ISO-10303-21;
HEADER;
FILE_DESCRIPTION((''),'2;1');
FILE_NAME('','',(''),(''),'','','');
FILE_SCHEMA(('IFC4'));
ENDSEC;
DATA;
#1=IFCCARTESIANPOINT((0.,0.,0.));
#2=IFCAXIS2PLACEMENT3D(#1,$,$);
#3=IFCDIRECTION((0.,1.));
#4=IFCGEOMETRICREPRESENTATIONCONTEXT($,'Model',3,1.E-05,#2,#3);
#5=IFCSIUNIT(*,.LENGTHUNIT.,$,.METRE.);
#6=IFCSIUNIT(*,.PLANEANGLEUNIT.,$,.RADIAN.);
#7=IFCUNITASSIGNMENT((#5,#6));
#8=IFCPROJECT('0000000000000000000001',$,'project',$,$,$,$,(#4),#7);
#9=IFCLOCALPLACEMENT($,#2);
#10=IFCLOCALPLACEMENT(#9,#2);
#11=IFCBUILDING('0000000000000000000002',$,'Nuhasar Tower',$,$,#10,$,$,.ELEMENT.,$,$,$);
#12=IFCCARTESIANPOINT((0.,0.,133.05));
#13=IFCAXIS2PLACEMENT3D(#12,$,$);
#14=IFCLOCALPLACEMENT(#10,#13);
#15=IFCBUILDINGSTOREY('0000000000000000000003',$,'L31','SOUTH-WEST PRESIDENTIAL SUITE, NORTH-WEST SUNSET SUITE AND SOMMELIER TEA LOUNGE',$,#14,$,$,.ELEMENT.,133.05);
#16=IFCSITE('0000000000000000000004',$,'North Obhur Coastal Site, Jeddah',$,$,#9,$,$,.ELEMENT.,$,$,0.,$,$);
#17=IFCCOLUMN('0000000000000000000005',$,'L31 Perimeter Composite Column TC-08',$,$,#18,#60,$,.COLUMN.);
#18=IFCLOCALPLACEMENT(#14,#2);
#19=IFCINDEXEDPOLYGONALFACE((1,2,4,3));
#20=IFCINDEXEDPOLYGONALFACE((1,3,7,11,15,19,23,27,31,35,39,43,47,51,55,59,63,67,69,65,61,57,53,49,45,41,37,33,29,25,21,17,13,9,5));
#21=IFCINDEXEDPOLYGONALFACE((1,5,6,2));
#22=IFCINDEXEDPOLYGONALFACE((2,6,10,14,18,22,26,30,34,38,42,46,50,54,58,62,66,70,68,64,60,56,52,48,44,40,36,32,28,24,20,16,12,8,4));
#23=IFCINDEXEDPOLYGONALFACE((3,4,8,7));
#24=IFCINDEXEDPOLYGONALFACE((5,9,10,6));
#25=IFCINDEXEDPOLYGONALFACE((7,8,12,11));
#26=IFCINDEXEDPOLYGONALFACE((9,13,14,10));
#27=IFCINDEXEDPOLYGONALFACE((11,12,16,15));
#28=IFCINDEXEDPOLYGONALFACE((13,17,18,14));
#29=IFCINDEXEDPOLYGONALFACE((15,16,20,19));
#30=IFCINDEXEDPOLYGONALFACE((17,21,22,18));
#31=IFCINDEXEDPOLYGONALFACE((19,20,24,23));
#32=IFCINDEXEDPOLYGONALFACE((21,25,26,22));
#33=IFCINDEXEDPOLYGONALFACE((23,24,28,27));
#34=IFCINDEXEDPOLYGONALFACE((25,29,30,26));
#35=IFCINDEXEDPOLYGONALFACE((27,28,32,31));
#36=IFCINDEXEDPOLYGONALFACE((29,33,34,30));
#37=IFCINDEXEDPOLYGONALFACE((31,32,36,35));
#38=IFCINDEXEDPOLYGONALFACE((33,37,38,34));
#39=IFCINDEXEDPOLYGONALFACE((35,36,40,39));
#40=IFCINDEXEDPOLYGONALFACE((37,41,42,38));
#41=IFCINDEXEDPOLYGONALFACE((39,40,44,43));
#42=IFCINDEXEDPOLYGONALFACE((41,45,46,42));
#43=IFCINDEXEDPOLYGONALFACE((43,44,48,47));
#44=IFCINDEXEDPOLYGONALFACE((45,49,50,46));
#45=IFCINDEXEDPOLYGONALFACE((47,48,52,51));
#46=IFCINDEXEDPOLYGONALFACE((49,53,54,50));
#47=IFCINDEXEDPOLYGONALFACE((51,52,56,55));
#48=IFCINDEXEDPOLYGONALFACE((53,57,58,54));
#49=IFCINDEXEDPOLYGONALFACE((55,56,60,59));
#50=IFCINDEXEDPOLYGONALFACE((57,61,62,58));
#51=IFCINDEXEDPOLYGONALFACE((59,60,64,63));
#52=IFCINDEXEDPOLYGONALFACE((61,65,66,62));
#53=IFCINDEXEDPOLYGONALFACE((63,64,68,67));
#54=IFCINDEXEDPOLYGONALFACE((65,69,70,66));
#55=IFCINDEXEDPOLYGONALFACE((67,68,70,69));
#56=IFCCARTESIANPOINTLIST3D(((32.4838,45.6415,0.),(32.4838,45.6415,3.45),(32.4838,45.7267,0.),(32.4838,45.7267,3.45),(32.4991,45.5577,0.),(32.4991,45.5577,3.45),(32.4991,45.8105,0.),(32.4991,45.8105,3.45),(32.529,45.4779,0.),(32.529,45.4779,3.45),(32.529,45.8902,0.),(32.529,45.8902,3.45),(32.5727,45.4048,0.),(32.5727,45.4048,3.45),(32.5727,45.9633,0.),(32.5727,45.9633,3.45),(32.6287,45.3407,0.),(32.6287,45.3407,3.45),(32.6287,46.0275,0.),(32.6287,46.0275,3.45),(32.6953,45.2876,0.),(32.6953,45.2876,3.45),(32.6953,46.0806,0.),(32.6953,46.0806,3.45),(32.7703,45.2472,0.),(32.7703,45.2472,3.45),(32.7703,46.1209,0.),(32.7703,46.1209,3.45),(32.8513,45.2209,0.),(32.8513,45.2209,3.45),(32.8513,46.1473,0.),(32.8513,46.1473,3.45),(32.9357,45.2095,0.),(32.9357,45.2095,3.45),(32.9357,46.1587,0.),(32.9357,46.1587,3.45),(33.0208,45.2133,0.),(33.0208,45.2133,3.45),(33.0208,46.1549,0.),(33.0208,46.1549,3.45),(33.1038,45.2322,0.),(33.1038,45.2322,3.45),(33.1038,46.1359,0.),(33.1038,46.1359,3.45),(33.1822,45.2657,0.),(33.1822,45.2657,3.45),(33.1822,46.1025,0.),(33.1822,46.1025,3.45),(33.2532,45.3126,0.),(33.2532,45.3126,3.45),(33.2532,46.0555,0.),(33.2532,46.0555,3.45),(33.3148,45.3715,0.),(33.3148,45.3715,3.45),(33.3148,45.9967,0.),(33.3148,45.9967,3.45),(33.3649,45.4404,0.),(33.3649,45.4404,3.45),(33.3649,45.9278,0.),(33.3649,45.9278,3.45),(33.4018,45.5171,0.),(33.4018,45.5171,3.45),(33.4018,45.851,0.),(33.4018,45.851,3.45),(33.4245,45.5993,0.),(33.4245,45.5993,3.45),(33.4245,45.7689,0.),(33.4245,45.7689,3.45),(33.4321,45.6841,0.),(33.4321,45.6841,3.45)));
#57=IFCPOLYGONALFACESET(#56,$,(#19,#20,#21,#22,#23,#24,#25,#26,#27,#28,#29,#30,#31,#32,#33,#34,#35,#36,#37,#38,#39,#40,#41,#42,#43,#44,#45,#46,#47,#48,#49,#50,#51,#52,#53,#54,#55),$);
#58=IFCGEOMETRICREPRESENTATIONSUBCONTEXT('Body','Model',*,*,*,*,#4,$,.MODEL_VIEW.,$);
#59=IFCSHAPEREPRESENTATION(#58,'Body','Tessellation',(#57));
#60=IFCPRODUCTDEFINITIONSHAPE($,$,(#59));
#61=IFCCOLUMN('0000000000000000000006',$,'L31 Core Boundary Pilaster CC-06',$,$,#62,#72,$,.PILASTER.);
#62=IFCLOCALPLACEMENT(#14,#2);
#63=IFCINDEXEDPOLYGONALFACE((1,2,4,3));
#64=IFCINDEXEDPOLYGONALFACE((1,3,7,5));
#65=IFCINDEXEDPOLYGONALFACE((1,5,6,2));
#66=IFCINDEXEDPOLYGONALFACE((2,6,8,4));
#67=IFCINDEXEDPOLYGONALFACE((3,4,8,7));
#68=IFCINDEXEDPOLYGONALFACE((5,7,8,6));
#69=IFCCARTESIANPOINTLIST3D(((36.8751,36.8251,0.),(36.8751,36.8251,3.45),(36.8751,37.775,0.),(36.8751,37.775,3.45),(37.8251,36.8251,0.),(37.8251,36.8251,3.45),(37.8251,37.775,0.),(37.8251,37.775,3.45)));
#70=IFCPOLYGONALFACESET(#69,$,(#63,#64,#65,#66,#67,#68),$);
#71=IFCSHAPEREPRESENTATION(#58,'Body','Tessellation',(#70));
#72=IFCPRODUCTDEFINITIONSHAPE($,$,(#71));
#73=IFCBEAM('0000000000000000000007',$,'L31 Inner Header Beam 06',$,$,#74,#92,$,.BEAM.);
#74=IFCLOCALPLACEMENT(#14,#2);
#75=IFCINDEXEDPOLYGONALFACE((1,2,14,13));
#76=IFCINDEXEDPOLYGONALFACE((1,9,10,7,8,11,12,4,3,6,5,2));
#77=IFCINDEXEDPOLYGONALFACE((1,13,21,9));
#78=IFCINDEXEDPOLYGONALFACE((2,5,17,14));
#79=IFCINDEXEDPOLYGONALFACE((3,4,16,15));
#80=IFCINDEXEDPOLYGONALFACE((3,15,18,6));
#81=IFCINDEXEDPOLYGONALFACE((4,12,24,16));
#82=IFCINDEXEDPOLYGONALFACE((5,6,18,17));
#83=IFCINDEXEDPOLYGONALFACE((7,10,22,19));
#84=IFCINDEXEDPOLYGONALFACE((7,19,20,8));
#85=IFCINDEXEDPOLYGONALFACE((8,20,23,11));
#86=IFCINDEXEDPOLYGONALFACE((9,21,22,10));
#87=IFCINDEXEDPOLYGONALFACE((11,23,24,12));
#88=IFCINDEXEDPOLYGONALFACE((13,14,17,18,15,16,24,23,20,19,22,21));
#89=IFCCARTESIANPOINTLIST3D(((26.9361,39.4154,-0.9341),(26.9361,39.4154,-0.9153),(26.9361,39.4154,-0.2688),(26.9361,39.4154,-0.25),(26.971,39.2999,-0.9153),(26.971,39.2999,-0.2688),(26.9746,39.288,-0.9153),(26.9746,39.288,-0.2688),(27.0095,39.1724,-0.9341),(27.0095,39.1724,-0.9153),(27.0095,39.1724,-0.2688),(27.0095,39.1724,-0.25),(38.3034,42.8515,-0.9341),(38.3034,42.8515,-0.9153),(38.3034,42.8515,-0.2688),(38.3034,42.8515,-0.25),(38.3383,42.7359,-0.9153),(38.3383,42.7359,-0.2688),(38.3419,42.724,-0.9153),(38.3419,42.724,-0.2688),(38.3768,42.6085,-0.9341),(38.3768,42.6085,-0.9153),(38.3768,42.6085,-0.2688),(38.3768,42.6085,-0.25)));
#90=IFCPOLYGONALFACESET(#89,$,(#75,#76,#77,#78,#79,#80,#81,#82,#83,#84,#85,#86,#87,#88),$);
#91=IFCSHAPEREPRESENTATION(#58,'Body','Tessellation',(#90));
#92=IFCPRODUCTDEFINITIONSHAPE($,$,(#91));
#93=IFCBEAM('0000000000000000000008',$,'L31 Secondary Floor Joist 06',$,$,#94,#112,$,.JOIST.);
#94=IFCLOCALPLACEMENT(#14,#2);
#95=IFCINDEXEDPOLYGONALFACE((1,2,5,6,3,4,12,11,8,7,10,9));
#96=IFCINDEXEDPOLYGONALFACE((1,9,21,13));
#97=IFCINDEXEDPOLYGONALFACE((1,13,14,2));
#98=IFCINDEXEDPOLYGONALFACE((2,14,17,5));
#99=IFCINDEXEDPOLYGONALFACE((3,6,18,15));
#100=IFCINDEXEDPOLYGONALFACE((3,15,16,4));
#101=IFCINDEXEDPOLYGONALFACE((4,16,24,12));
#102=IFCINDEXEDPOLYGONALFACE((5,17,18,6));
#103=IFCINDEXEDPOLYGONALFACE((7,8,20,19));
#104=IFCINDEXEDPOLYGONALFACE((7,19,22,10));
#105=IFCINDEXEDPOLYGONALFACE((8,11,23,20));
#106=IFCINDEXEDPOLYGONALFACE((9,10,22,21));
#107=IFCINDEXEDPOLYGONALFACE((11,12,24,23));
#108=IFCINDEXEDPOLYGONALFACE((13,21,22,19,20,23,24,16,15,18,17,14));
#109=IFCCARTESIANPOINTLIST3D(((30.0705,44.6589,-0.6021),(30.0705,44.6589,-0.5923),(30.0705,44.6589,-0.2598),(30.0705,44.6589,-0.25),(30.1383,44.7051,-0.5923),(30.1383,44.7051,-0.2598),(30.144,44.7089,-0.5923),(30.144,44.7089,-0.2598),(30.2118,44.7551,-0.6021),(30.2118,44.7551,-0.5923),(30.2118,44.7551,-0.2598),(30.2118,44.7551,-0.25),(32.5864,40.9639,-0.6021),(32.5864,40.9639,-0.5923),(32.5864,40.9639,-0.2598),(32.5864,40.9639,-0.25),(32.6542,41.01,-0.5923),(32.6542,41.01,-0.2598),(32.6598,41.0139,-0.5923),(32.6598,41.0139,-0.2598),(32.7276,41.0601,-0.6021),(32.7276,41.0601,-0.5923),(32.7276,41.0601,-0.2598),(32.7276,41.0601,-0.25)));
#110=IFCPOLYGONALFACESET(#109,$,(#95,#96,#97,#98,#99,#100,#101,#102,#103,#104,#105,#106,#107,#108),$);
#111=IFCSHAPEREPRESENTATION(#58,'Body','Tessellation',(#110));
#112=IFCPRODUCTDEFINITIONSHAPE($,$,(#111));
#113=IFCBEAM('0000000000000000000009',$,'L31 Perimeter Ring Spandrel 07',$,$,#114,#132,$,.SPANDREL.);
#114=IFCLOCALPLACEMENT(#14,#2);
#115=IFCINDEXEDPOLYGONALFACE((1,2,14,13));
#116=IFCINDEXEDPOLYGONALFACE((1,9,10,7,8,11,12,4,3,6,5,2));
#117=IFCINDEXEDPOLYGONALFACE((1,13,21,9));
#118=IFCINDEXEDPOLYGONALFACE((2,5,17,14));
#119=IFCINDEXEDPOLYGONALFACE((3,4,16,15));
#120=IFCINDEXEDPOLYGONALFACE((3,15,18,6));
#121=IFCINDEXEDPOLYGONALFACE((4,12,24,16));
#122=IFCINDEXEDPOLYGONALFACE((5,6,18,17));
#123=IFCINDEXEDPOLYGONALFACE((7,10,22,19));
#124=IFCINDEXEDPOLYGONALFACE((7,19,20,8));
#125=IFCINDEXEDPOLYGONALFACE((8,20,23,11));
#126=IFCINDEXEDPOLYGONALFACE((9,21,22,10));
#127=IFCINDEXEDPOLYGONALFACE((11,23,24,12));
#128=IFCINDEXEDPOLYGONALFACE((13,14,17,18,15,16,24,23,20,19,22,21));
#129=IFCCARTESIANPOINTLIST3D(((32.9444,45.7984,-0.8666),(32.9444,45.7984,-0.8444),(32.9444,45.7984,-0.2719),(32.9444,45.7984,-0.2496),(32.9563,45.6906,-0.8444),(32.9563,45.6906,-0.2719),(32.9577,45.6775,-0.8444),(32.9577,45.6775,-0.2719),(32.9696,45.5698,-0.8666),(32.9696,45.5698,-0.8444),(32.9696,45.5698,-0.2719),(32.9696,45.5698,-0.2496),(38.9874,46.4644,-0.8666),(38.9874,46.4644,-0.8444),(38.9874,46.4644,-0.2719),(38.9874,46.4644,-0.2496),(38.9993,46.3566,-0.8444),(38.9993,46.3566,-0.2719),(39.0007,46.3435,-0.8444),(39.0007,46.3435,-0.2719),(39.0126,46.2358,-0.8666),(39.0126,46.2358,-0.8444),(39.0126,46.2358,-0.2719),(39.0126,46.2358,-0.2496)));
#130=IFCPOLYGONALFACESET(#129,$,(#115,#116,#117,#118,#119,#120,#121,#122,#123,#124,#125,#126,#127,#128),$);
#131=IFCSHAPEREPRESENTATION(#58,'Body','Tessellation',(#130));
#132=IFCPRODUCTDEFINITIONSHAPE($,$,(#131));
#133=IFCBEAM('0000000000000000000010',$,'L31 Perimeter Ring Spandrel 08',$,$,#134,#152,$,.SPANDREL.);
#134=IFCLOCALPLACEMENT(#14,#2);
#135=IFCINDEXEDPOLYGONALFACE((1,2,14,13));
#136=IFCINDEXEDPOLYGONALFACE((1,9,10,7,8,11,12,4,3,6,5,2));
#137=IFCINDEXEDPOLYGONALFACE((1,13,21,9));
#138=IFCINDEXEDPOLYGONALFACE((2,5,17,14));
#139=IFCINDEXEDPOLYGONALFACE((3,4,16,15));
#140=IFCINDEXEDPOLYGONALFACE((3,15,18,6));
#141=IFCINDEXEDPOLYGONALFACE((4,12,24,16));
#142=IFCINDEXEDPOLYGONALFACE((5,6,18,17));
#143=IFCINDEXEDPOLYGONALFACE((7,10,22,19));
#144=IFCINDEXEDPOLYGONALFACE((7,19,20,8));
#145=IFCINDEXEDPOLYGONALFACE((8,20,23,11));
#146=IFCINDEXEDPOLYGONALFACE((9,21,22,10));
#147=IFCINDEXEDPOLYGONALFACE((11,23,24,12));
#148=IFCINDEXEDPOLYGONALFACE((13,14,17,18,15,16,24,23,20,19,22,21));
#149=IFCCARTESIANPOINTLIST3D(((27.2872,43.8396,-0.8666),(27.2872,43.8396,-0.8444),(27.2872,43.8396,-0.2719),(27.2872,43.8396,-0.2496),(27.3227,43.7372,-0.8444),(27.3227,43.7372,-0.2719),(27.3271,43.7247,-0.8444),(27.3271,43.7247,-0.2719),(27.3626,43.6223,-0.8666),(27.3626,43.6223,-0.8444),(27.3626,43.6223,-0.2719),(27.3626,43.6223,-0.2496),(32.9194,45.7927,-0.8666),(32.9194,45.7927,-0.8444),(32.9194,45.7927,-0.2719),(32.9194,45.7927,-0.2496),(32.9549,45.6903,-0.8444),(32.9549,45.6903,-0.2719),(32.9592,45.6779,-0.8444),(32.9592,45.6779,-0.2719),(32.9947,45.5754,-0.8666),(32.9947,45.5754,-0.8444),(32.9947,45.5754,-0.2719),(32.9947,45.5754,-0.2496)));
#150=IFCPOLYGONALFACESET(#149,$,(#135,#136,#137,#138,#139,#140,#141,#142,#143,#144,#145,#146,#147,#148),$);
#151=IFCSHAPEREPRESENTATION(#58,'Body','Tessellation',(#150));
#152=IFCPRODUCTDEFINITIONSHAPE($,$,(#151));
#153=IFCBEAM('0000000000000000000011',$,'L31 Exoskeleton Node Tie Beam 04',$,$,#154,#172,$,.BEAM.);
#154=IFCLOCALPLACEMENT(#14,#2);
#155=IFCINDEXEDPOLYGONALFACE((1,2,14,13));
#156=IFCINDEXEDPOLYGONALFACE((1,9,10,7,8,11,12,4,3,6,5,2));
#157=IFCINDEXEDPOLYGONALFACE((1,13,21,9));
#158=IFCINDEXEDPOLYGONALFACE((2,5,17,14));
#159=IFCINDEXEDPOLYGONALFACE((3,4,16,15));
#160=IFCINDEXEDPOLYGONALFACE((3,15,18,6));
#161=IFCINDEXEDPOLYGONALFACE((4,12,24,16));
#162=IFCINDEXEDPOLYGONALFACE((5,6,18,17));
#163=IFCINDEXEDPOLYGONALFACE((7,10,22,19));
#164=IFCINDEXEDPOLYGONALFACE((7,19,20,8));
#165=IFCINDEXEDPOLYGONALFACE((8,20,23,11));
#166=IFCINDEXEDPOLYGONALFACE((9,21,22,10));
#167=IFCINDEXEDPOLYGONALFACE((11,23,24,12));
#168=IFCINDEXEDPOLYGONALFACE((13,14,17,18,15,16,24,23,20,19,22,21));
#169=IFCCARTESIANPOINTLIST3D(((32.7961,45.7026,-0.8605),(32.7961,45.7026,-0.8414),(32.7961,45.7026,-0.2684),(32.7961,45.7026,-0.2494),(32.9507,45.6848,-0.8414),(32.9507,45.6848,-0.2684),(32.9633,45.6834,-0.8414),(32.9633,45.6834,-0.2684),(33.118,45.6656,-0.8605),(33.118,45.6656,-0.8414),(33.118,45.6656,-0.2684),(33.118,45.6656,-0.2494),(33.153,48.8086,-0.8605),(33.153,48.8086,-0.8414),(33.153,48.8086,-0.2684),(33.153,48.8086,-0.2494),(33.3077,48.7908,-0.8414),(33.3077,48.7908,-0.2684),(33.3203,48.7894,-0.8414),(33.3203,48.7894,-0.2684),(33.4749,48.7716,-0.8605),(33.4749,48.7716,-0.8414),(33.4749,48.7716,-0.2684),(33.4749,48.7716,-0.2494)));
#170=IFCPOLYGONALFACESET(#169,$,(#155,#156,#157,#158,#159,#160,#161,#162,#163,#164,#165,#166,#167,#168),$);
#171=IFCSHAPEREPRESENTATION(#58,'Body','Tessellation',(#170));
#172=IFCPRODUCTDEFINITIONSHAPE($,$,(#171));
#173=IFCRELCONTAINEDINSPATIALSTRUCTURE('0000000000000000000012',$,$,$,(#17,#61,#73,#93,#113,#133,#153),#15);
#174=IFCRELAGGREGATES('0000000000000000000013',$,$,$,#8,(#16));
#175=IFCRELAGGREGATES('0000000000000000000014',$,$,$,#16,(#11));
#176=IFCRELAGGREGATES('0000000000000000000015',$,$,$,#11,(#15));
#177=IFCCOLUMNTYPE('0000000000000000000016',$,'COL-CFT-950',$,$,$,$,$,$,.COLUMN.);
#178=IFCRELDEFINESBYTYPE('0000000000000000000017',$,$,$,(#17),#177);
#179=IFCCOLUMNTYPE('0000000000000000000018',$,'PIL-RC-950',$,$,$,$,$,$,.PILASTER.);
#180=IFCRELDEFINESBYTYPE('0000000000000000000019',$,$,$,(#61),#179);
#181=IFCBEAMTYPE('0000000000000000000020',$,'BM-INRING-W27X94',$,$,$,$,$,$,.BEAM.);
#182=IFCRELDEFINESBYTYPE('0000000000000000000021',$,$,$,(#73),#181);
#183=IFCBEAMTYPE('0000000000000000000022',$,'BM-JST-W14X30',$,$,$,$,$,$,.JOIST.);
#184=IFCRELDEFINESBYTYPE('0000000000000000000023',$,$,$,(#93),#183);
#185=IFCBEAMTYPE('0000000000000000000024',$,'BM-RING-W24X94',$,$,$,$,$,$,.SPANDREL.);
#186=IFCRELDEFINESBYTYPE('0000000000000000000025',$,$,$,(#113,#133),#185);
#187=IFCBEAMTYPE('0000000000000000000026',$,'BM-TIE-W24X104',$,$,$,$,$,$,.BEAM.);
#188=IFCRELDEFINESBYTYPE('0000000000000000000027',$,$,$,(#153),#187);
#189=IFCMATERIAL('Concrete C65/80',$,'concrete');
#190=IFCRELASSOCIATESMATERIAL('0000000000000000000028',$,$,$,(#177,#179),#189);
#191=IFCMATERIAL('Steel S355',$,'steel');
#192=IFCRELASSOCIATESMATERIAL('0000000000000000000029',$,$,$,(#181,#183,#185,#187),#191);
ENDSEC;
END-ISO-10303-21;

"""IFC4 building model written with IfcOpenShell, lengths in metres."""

from ifc_helpers import new_model, si_unit, direction, frame, origin, origin_2d, place, context, subcontext, project, spatial, rectangle, circle, i_section, extrude, material, material_profile, profile_set, type_object, element, save


model = new_model("IFC4")

# Units and contexts
model_context = context("Model", 3, precision=1e-05, world=origin(), true_north=direction((0.0, 1.0)))
body_context = subcontext(model_context, "Body", "Model", "MODEL_VIEW")
ifc_project = project(units=[si_unit("LENGTHUNIT", "METRE"), si_unit("PLANEANGLEUNIT", "RADIAN")], contexts=[model_context])

# Site, building, storey
site_placement = place(None, origin())
site = spatial("IfcSite", under=ifc_project, at=site_placement, Name="North Obhur Coastal Site, Jeddah", CompositionType="ELEMENT", RefElevation=0.0)
building_placement = place(site_placement, origin())
building = spatial("IfcBuilding", under=site, at=building_placement, Name="Nuhasar Tower", CompositionType="ELEMENT")
storey_placement = place(building_placement, frame((0.0, 0.0, 133.05)))
storey = spatial("IfcBuildingStorey", under=building, at=storey_placement, Name="L31", Description="SOUTH-WEST PRESIDENTIAL SUITE, NORTH-WEST SUNSET SUITE AND SOMMELIER TEA LOUNGE", CompositionType="ELEMENT", Elevation=133.05)

# Columns
ifc_material_1 = material(Name="Concrete C65/80", Category="concrete")
ifc_material_profile_1 = material_profile(ifc_material_1, circle(Radius=0.4751, at=origin_2d()), Name="CFT950")
ifc_profile_set_1 = profile_set([ifc_material_profile_1], Name="Concrete C65/80")
column_type_1 = type_object("IfcColumnType", Name="COL-CFT-950", PredefinedType="COLUMN", material=ifc_profile_set_1)
column_1_placement = place(storey_placement, frame((32.957, 45.6841, 0.0), z_axis=(0.0, 0.0, 1.0), x_axis=(1.0, 0.0, 0.0)))
element("IfcColumn", 1, at=column_1_placement, inside=storey, type_object=column_type_1, Name="L31 Perimeter Composite Column TC-08", PredefinedType="COLUMN", context=body_context, shape_type="SweptSolid", body=[
    extrude(circle(Radius=0.4751, at=origin_2d()), origin(), (0.0, 0.0, 1.0), 3.45),
])
ifc_material_profile_2 = material_profile(ifc_material_1, rectangle(XDim=0.95, YDim=0.95, at=origin_2d()), Name="RC950X950")
ifc_profile_set_2 = profile_set([ifc_material_profile_2], Name="Concrete C65/80")
column_type_2 = type_object("IfcColumnType", Name="PIL-RC-950", PredefinedType="PILASTER", material=ifc_profile_set_2)
column_2_placement = place(storey_placement, frame((37.3501, 37.3, 0.0), z_axis=(0.0, 0.0, 1.0), x_axis=(1.0, 0.0, 0.0)))
element("IfcColumn", 2, at=column_2_placement, inside=storey, type_object=column_type_2, Name="L31 Core Boundary Pilaster CC-06", PredefinedType="PILASTER", context=body_context, shape_type="SweptSolid", body=[
    extrude(rectangle(XDim=0.95, YDim=0.95, at=origin_2d()), origin(), (0.0, 0.0, 1.0), 3.45),
])

# Beams
ifc_material_2 = material(Name="Steel S355", Category="steel")
ifc_material_profile_3 = material_profile(ifc_material_2, i_section(OverallWidth=0.2539, OverallDepth=0.6841, WebThickness=0.0125, FlangeThickness=0.0188, at=origin_2d()), Name="W27X94")
ifc_profile_set_3 = profile_set([ifc_material_profile_3], Name="Steel S355")
beam_type_1 = type_object("IfcBeamType", Name="BM-INRING-W27X94", PredefinedType="BEAM", material=ifc_profile_set_3)
beam_1_placement = place(storey_placement, frame((38.3401, 42.73, -0.592), z_axis=(-0.957224, -0.289347, 0.0), x_axis=(0.289347, -0.957224, 0.0)))
element("IfcBeam", 3, at=beam_1_placement, inside=storey, type_object=beam_type_1, Name="L31 Inner Header Beam 06", PredefinedType="BEAM", context=body_context, shape_type="SweptSolid", body=[
    extrude(i_section(OverallWidth=0.2539, OverallDepth=0.6841, WebThickness=0.0125, FlangeThickness=0.0188, at=origin_2d()), origin(), (0.0, 0.0, 1.0), 11.8752),
])
ifc_material_profile_4 = material_profile(ifc_material_2, i_section(OverallWidth=0.1709, OverallDepth=0.3521, WebThickness=0.0068, FlangeThickness=0.0098, at=origin_2d()), Name="W14X30")
ifc_profile_set_4 = profile_set([ifc_material_profile_4], Name="Steel S355")
beam_type_2 = type_object("IfcBeamType", Name="BM-JST-W14X30", PredefinedType="JOIST", material=ifc_profile_set_4)
beam_2_placement = place(storey_placement, frame((32.657, 41.012, -0.426), z_axis=(-0.562803, 0.826591, 0.0), x_axis=(-0.826591, -0.562803, 0.0)))
element("IfcBeam", 4, at=beam_2_placement, inside=storey, type_object=beam_type_2, Name="L31 Secondary Floor Joist 06", PredefinedType="JOIST", context=body_context, shape_type="SweptSolid", body=[
    extrude(i_section(OverallWidth=0.1709, OverallDepth=0.3521, WebThickness=0.0068, FlangeThickness=0.0098, at=origin_2d()), origin(), (0.0, 0.0, 1.0), 4.4702),
])
ifc_material_profile_5 = material_profile(ifc_material_2, i_section(OverallWidth=0.23, OverallDepth=0.6169, WebThickness=0.0132, FlangeThickness=0.0222, at=origin_2d()), Name="W24X94")
ifc_profile_set_5 = profile_set([ifc_material_profile_5], Name="Steel S355")
beam_type_3 = type_object("IfcBeamType", Name="BM-RING-W24X94", PredefinedType="SPANDREL", material=ifc_profile_set_5)
beam_3_placement = place(storey_placement, frame((39.0, 46.3501, -0.5581), z_axis=(-0.993981, -0.10955, 0.0), x_axis=(0.10955, -0.993981, 0.0)))
element("IfcBeam", 5, at=beam_3_placement, inside=storey, type_object=beam_type_3, Name="L31 Perimeter Ring Spandrel 07", PredefinedType="SPANDREL", context=body_context, shape_type="SweptSolid", body=[
    extrude(i_section(OverallWidth=0.23, OverallDepth=0.6169, WebThickness=0.0132, FlangeThickness=0.0222, at=origin_2d()), origin(), (0.0, 0.0, 1.0), 6.0796),
])
beam_4_placement = place(storey_placement, frame((32.957, 45.6841, -0.5581), z_axis=(-0.944801, -0.327644, 0.0), x_axis=(0.327644, -0.944801, 0.0)))
element("IfcBeam", 6, at=beam_4_placement, inside=storey, type_object=beam_type_3, Name="L31 Perimeter Ring Spandrel 08", PredefinedType="SPANDREL", context=body_context, shape_type="SweptSolid", body=[
    extrude(i_section(OverallWidth=0.23, OverallDepth=0.6169, WebThickness=0.0132, FlangeThickness=0.0222, at=origin_2d()), origin(), (0.0, 0.0, 1.0), 5.9612),
])
ifc_material_profile_6 = material_profile(ifc_material_2, i_section(OverallWidth=0.324, OverallDepth=0.6111, WebThickness=0.0127, FlangeThickness=0.019, at=origin_2d()), Name="W24X104")
ifc_profile_set_6 = profile_set([ifc_material_profile_6], Name="Steel S355")
beam_type_4 = type_object("IfcBeamType", Name="BM-TIE-W24X104", PredefinedType="BEAM", material=ifc_profile_set_6)
beam_5_placement = place(storey_placement, frame((32.957, 45.6841, -0.5549), z_axis=(0.114168, 0.993461, 0.0), x_axis=(-0.993461, 0.114168, 0.0)))
element("IfcBeam", 7, at=beam_5_placement, inside=storey, type_object=beam_type_4, Name="L31 Exoskeleton Node Tie Beam 04", PredefinedType="BEAM", context=body_context, shape_type="SweptSolid", body=[
    extrude(i_section(OverallWidth=0.324, OverallDepth=0.6111, WebThickness=0.0127, FlangeThickness=0.019, at=origin_2d()), origin(), (0.0, 0.0, 1.0), 3.1265),
])

save(model, "model.ifc")
